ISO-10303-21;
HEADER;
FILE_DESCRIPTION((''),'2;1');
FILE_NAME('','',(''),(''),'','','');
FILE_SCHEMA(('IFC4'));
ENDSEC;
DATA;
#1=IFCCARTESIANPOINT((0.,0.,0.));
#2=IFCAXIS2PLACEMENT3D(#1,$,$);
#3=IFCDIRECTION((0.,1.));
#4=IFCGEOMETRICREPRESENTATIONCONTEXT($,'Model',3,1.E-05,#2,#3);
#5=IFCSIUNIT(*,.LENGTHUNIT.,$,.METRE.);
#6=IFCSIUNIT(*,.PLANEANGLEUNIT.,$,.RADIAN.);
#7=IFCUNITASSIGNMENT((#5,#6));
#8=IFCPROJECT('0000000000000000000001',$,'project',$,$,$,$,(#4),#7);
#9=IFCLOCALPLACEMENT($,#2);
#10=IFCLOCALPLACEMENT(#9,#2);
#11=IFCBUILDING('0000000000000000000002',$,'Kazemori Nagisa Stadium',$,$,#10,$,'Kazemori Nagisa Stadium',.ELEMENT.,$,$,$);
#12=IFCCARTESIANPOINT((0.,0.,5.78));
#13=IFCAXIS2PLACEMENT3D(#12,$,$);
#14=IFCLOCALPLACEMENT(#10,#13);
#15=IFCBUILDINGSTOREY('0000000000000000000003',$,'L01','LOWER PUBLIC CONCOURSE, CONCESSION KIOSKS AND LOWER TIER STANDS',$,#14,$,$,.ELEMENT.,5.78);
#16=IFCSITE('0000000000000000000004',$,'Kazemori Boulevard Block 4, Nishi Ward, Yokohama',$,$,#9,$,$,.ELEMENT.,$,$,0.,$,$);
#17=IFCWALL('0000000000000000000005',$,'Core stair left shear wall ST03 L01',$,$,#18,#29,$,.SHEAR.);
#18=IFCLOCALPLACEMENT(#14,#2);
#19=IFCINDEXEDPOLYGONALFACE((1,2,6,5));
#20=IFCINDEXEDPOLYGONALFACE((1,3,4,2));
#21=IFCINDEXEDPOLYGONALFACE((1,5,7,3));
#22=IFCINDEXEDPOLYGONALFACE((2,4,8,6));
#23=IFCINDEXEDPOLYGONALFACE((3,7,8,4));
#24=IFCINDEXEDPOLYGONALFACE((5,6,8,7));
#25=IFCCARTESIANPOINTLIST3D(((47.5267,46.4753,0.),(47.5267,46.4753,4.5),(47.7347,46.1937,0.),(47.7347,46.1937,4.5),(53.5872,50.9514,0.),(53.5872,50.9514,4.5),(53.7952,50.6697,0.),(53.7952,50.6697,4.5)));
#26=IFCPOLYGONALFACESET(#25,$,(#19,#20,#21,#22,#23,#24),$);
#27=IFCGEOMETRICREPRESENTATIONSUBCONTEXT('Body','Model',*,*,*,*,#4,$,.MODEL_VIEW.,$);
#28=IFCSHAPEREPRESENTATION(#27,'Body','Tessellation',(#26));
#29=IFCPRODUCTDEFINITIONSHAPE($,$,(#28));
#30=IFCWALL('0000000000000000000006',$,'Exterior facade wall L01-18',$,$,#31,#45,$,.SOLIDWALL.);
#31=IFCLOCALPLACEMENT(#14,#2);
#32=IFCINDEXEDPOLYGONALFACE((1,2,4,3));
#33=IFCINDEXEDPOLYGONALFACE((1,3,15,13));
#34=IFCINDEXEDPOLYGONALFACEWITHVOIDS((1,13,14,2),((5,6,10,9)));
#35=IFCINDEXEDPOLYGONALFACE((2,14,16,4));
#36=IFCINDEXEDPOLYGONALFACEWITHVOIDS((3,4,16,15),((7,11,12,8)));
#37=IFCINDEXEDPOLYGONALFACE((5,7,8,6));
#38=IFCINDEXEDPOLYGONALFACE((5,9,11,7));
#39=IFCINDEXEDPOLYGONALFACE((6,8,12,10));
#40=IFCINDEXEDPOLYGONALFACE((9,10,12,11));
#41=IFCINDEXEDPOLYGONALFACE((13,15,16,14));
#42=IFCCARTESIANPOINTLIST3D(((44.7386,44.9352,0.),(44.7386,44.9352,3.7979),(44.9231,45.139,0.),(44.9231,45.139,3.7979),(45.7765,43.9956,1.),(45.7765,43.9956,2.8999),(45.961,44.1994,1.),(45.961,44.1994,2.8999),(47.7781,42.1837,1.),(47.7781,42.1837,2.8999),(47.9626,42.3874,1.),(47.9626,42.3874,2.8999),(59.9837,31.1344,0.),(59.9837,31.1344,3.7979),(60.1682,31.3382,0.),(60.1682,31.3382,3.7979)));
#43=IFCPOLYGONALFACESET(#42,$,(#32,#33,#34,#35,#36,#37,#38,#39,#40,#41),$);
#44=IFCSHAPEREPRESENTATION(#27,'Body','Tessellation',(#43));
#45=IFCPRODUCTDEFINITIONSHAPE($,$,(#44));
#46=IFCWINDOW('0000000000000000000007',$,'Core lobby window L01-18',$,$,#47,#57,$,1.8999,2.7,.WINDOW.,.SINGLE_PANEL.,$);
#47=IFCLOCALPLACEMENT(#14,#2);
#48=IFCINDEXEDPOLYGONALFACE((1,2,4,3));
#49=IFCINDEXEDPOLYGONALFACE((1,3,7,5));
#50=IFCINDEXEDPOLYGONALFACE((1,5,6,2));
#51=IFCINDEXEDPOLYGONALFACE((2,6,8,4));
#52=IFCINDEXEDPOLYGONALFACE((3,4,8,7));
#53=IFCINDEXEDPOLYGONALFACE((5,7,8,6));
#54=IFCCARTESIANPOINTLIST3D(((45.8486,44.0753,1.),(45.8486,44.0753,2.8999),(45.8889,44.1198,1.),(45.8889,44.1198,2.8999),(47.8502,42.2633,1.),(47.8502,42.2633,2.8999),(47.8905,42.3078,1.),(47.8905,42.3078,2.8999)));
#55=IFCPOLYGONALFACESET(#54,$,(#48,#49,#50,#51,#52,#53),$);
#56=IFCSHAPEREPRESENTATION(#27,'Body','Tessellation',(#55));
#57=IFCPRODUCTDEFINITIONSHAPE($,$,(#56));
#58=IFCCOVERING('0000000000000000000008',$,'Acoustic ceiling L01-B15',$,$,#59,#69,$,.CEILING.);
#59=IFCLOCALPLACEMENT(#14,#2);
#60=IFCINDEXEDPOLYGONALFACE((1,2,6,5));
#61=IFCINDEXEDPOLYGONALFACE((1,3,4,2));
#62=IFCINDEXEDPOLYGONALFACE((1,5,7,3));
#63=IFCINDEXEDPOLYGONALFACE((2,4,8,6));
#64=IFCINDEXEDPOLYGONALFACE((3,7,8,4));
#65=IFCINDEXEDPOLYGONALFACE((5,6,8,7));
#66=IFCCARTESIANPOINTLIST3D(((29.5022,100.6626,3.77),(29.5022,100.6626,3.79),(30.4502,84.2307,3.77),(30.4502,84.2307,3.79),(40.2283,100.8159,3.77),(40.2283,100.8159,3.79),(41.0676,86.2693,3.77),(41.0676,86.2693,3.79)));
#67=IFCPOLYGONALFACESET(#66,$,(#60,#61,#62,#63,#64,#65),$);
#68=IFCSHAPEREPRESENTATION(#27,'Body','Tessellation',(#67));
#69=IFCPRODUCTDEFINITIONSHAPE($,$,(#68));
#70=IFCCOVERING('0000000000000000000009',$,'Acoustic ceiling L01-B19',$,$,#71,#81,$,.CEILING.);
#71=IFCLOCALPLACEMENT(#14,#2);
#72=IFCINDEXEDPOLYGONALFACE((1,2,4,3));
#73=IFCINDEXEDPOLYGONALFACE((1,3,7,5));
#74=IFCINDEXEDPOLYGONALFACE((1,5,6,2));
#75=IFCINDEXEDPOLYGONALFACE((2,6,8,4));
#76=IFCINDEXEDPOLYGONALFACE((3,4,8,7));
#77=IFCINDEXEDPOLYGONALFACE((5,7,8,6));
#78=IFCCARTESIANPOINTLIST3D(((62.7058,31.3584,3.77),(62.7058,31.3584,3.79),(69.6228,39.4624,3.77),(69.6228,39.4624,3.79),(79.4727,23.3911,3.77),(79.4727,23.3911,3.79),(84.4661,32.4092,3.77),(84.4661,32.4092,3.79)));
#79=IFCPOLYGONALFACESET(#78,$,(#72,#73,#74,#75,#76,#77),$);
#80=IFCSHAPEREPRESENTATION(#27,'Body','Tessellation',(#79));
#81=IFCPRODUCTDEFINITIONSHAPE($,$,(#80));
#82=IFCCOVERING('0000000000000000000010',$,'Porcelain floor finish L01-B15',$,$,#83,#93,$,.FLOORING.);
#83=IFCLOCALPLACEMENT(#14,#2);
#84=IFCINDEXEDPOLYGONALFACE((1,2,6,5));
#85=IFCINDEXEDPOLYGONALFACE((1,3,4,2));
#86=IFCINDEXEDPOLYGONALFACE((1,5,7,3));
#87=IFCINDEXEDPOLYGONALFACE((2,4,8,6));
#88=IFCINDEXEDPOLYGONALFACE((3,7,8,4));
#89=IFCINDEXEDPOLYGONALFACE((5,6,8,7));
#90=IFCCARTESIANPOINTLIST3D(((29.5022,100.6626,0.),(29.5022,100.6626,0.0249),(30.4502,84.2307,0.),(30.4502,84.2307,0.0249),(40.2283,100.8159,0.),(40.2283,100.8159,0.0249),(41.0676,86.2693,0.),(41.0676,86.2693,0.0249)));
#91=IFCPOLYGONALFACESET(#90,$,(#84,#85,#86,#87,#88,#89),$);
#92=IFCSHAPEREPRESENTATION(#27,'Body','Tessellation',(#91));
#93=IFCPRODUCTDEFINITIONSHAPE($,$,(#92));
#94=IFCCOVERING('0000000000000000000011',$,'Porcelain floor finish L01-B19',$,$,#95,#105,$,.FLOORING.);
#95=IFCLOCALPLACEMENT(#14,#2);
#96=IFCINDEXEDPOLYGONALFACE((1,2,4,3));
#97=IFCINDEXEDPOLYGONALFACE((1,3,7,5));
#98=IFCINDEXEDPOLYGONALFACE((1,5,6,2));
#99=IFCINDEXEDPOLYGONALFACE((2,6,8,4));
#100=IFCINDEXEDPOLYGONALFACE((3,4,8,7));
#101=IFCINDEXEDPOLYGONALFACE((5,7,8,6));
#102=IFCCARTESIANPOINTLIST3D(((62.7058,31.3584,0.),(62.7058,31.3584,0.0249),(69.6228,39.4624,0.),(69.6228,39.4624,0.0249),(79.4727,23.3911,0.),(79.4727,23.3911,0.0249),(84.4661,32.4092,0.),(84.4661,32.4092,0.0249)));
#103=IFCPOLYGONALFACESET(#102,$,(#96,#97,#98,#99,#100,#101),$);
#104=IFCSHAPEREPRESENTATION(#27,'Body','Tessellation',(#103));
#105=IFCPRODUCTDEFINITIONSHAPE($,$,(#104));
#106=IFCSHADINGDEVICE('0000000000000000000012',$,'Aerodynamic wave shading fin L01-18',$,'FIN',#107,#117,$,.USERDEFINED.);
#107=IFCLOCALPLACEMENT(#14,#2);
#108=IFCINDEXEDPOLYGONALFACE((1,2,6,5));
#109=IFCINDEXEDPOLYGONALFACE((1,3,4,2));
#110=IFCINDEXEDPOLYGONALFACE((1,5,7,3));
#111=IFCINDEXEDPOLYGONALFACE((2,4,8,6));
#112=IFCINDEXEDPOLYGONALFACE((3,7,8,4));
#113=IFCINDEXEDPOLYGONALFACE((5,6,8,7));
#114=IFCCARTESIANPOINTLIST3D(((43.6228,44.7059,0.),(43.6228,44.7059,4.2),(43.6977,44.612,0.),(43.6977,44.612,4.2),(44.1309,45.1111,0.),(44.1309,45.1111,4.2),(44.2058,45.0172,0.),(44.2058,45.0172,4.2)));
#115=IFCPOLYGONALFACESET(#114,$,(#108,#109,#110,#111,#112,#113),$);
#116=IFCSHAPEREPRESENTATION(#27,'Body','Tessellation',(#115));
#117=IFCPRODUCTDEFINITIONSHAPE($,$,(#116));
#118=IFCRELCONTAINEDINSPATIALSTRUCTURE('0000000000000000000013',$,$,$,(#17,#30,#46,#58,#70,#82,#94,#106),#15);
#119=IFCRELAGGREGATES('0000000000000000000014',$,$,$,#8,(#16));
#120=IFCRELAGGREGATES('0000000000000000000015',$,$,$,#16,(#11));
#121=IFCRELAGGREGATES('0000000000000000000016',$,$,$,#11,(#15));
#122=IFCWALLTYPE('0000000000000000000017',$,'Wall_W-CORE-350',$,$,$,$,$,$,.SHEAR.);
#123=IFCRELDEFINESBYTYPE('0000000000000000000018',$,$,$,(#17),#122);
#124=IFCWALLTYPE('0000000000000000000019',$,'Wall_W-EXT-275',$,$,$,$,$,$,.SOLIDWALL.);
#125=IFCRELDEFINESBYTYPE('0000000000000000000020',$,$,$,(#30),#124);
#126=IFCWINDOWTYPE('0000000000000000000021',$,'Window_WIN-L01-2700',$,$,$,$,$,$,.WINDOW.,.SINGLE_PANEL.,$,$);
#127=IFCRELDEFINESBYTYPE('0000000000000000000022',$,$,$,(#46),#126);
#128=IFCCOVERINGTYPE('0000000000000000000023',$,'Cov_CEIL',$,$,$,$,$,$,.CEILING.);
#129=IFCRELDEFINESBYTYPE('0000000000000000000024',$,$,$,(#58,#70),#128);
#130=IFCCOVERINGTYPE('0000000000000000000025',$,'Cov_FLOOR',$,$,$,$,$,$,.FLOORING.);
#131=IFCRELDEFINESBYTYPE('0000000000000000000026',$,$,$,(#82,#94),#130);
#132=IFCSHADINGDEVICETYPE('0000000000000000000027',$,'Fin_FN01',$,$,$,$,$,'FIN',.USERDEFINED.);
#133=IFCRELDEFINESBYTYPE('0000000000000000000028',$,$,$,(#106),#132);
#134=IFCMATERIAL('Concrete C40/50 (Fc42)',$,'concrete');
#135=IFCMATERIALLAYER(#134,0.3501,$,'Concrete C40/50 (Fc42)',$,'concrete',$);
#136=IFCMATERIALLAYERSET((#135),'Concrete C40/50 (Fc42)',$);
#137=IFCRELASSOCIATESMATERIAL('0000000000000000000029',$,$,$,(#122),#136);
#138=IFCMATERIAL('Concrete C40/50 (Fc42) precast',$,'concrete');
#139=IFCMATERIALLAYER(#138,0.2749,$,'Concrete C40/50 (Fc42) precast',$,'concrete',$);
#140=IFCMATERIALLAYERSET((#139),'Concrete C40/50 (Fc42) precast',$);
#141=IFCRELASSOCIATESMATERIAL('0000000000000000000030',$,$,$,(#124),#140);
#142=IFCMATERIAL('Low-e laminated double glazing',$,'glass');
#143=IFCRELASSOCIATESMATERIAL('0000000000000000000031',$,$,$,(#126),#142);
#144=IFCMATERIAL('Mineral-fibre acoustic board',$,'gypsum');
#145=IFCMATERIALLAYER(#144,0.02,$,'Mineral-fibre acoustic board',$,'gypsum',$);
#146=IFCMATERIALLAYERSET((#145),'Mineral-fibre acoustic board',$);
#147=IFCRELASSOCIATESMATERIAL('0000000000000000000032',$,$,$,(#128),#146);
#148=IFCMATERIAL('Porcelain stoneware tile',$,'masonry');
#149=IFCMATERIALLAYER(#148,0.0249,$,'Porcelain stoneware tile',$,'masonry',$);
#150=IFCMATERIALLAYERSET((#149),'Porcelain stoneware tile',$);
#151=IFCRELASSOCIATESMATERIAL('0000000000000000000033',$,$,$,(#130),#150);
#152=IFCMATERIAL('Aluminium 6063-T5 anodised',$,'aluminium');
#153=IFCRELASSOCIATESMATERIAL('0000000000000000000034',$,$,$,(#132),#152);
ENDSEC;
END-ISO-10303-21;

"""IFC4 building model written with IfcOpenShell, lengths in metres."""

from ifc_helpers import new_model, si_unit, direction, frame, frame_2d, origin, origin_2d, place, context, subcontext, project, spatial, polyline, rectangle, outline, extrude, material, layer, layer_set, type_object, element, fill, save


model = new_model("IFC4")

# Units and contexts
model_context = context("Model", 3, precision=1e-05, world=origin(), true_north=direction((0.0, 1.0)))
body_context = subcontext(model_context, "Body", "Model", "MODEL_VIEW")
ifc_project = project(units=[si_unit("LENGTHUNIT", "METRE"), si_unit("PLANEANGLEUNIT", "RADIAN")], contexts=[model_context])

# Site, building, storey
site_placement = place(None, origin())
site = spatial("IfcSite", under=ifc_project, at=site_placement, Name="Kazemori Boulevard Block 4, Nishi Ward, Yokohama", CompositionType="ELEMENT", RefElevation=0.0)
building_placement = place(site_placement, origin())
building = spatial("IfcBuilding", under=site, at=building_placement, Name="Kazemori Nagisa Stadium", LongName="Kazemori Nagisa Stadium", CompositionType="ELEMENT")
storey_placement = place(building_placement, frame((0.0, 0.0, 5.78)))
storey = spatial("IfcBuildingStorey", under=building, at=storey_placement, Name="L01", Description="LOWER PUBLIC CONCOURSE, CONCESSION KIOSKS AND LOWER TIER STANDS", CompositionType="ELEMENT", Elevation=5.78)

# Shared definitions
ifc_material_1 = material(Name="Concrete C40/50 (Fc42)", Category="concrete")

# Shared definitions
ifc_material_2 = material(Name="Aluminium 6063-T5 anodised", Category="aluminium")
ifc_material_3 = material(Name="Low-e laminated double glazing", Category="glass")

# Shared definitions
ifc_layer_1 = layer(ifc_material_1, 0.3501, Name="Concrete C40/50 (Fc42)", Category="concrete")
ifc_layer_set_1 = layer_set([ifc_layer_1], Name="Concrete C40/50 (Fc42)")
wall_type_1 = type_object("IfcWallType", Name="Wall_W-CORE-350", PredefinedType="SHEAR", material=ifc_layer_set_1)

# Wall
wall_1_placement = place(storey_placement, frame((53.6912, 50.8105, 0.0), z_axis=(0.0, 0.0, 1.0), x_axis=(-0.804396, -0.594094, 0.0)))
element("IfcWall", 1, at=wall_1_placement, inside=storey, type_object=wall_type_1, Name="Core stair left shear wall ST03 L01", PredefinedType="SHEAR", context=body_context, shape_type="SweptSolid", body=[
    extrude(rectangle(XDim=7.5342, YDim=0.3501, at=frame_2d((3.7671, 0.0))), origin(), (0.0, 0.0, 1.0), 4.5),
])

# Wall, opening, window
ifc_material_4 = material(Name="Concrete C40/50 (Fc42) precast", Category="concrete")
ifc_layer_2 = layer(ifc_material_4, 0.2749, Name="Concrete C40/50 (Fc42) precast", Category="concrete")
ifc_layer_set_2 = layer_set([ifc_layer_2], Name="Concrete C40/50 (Fc42) precast")
wall_type_2 = type_object("IfcWallType", Name="Wall_W-EXT-275", PredefinedType="SOLIDWALL", material=ifc_layer_set_2)
wall_2_placement = place(storey_placement, frame((44.8308, 45.0371, 0.0), z_axis=(0.0, 0.0, 1.0), x_axis=(0.741352, -0.671116, 0.0)))
wall_2 = element("IfcWall", 2, at=wall_2_placement, inside=storey, type_object=wall_type_2, Name="Exterior facade wall L01-18", PredefinedType="SOLIDWALL", context=body_context, shape_type="SweptSolid", body=[
    extrude(rectangle(XDim=20.564, YDim=0.2749, at=frame_2d((10.282, 0.0))), origin(), (0.0, 0.0, 1.0), 3.7979),
])
opening_1_placement = place(wall_2_placement, frame((1.3999, 0.0, 1.0)))
opening_1 = element("IfcOpeningElement", 3, at=opening_1_placement, cuts=wall_2, PredefinedType="OPENING", context=body_context, shape_type="SweptSolid", body=[
    extrude(rectangle(XDim=2.7, YDim=1.8999, at=frame_2d((1.3501, 0.95))), frame((0.0, 0.1475, 0.0), z_axis=(0.0, -1.0, 0.0), x_axis=(1.0, 0.0, 0.0)), (0.0, 0.0, 1.0), 0.2949),
])
window_type = type_object("IfcWindowType", Name="Window_WIN-L01-2700", PartitioningType="SINGLE_PANEL", PredefinedType="WINDOW", material=ifc_material_3)
window_placement = place(opening_1_placement, origin())
window = element("IfcWindow", 4, at=window_placement, inside=storey, type_object=window_type, Name="Core lobby window L01-18", OverallHeight=1.8999, OverallWidth=2.7, PartitioningType="SINGLE_PANEL", PredefinedType="WINDOW", context=body_context, shape_type="SweptSolid", body=[
    extrude(rectangle(XDim=2.7, YDim=1.8999, at=frame_2d((1.3501, 0.95))), frame((0.0, 0.03, 0.0), z_axis=(0.0, -1.0, 0.0), x_axis=(1.0, 0.0, 0.0)), (0.0, 0.0, 1.0), 0.0601),
])
fill(opening_1, window)

# Coverings
ifc_material_5 = material(Name="Mineral-fibre acoustic board", Category="gypsum")
ifc_layer_3 = layer(ifc_material_5, 0.02, Name="Mineral-fibre acoustic board", Category="gypsum")
ifc_layer_set_3 = layer_set([ifc_layer_3], Name="Mineral-fibre acoustic board")
covering_type_1 = type_object("IfcCoveringType", Name="Cov_CEIL", PredefinedType="CEILING", material=ifc_layer_set_3)
covering_1_placement = place(storey_placement, frame((0.0, 0.0, 3.77)))
element("IfcCovering", 5, at=covering_1_placement, inside=storey, type_object=covering_type_1, Name="Acoustic ceiling L01-B15", PredefinedType="CEILING", context=body_context, shape_type="SweptSolid", body=[
    extrude(outline(polyline([(40.2283, 100.8159), (41.0676, 86.2693), (30.4502, 84.2307), (29.5022, 100.6626), (40.2283, 100.8159)])), origin(), (0.0, 0.0, 1.0), 0.02),
])
covering_2_placement = place(storey_placement, frame((0.0, 0.0, 3.77)))
element("IfcCovering", 6, at=covering_2_placement, inside=storey, type_object=covering_type_1, Name="Acoustic ceiling L01-B19", PredefinedType="CEILING", context=body_context, shape_type="SweptSolid", body=[
    extrude(outline(polyline([(69.6228, 39.4624), (84.4661, 32.4092), (79.4727, 23.3911), (62.7058, 31.3584), (69.6228, 39.4624)])), origin(), (0.0, 0.0, 1.0), 0.02),
])
ifc_material_6 = material(Name="Porcelain stoneware tile", Category="masonry")
ifc_layer_4 = layer(ifc_material_6, 0.0249, Name="Porcelain stoneware tile", Category="masonry")
ifc_layer_set_4 = layer_set([ifc_layer_4], Name="Porcelain stoneware tile")
covering_type_2 = type_object("IfcCoveringType", Name="Cov_FLOOR", PredefinedType="FLOORING", material=ifc_layer_set_4)
covering_3_placement = place(storey_placement, origin())
element("IfcCovering", 7, at=covering_3_placement, inside=storey, type_object=covering_type_2, Name="Porcelain floor finish L01-B15", PredefinedType="FLOORING", context=body_context, shape_type="SweptSolid", body=[
    extrude(outline(polyline([(40.2283, 100.8159), (41.0676, 86.2693), (30.4502, 84.2307), (29.5022, 100.6626), (40.2283, 100.8159)])), origin(), (0.0, 0.0, 1.0), 0.0249),
])
covering_4_placement = place(storey_placement, origin())
element("IfcCovering", 8, at=covering_4_placement, inside=storey, type_object=covering_type_2, Name="Porcelain floor finish L01-B19", PredefinedType="FLOORING", context=body_context, shape_type="SweptSolid", body=[
    extrude(outline(polyline([(69.6228, 39.4624), (84.4661, 32.4092), (79.4727, 23.3911), (62.7058, 31.3584), (69.6228, 39.4624)])), origin(), (0.0, 0.0, 1.0), 0.0249),
])

# Shading device
shading_device_type = type_object("IfcShadingDeviceType", Name="Fin_FN01", ElementType="FIN", PredefinedType="USERDEFINED", material=ifc_material_2)
shading_device_placement = place(storey_placement, frame((43.9143, 44.8616, 0.0), z_axis=(0.0, 0.0, 1.0), x_axis=(-0.781831, -0.62349, 0.0)))
element("IfcShadingDevice", 9, at=shading_device_placement, inside=storey, type_object=shading_device_type, Name="Aerodynamic wave shading fin L01-18", ObjectType="FIN", PredefinedType="USERDEFINED", context=body_context, shape_type="SweptSolid", body=[
    extrude(rectangle(XDim=0.6499, YDim=0.1201, at=origin_2d()), origin(), (0.0, 0.0, 1.0), 4.2),
])

save(model, "model.ifc")
